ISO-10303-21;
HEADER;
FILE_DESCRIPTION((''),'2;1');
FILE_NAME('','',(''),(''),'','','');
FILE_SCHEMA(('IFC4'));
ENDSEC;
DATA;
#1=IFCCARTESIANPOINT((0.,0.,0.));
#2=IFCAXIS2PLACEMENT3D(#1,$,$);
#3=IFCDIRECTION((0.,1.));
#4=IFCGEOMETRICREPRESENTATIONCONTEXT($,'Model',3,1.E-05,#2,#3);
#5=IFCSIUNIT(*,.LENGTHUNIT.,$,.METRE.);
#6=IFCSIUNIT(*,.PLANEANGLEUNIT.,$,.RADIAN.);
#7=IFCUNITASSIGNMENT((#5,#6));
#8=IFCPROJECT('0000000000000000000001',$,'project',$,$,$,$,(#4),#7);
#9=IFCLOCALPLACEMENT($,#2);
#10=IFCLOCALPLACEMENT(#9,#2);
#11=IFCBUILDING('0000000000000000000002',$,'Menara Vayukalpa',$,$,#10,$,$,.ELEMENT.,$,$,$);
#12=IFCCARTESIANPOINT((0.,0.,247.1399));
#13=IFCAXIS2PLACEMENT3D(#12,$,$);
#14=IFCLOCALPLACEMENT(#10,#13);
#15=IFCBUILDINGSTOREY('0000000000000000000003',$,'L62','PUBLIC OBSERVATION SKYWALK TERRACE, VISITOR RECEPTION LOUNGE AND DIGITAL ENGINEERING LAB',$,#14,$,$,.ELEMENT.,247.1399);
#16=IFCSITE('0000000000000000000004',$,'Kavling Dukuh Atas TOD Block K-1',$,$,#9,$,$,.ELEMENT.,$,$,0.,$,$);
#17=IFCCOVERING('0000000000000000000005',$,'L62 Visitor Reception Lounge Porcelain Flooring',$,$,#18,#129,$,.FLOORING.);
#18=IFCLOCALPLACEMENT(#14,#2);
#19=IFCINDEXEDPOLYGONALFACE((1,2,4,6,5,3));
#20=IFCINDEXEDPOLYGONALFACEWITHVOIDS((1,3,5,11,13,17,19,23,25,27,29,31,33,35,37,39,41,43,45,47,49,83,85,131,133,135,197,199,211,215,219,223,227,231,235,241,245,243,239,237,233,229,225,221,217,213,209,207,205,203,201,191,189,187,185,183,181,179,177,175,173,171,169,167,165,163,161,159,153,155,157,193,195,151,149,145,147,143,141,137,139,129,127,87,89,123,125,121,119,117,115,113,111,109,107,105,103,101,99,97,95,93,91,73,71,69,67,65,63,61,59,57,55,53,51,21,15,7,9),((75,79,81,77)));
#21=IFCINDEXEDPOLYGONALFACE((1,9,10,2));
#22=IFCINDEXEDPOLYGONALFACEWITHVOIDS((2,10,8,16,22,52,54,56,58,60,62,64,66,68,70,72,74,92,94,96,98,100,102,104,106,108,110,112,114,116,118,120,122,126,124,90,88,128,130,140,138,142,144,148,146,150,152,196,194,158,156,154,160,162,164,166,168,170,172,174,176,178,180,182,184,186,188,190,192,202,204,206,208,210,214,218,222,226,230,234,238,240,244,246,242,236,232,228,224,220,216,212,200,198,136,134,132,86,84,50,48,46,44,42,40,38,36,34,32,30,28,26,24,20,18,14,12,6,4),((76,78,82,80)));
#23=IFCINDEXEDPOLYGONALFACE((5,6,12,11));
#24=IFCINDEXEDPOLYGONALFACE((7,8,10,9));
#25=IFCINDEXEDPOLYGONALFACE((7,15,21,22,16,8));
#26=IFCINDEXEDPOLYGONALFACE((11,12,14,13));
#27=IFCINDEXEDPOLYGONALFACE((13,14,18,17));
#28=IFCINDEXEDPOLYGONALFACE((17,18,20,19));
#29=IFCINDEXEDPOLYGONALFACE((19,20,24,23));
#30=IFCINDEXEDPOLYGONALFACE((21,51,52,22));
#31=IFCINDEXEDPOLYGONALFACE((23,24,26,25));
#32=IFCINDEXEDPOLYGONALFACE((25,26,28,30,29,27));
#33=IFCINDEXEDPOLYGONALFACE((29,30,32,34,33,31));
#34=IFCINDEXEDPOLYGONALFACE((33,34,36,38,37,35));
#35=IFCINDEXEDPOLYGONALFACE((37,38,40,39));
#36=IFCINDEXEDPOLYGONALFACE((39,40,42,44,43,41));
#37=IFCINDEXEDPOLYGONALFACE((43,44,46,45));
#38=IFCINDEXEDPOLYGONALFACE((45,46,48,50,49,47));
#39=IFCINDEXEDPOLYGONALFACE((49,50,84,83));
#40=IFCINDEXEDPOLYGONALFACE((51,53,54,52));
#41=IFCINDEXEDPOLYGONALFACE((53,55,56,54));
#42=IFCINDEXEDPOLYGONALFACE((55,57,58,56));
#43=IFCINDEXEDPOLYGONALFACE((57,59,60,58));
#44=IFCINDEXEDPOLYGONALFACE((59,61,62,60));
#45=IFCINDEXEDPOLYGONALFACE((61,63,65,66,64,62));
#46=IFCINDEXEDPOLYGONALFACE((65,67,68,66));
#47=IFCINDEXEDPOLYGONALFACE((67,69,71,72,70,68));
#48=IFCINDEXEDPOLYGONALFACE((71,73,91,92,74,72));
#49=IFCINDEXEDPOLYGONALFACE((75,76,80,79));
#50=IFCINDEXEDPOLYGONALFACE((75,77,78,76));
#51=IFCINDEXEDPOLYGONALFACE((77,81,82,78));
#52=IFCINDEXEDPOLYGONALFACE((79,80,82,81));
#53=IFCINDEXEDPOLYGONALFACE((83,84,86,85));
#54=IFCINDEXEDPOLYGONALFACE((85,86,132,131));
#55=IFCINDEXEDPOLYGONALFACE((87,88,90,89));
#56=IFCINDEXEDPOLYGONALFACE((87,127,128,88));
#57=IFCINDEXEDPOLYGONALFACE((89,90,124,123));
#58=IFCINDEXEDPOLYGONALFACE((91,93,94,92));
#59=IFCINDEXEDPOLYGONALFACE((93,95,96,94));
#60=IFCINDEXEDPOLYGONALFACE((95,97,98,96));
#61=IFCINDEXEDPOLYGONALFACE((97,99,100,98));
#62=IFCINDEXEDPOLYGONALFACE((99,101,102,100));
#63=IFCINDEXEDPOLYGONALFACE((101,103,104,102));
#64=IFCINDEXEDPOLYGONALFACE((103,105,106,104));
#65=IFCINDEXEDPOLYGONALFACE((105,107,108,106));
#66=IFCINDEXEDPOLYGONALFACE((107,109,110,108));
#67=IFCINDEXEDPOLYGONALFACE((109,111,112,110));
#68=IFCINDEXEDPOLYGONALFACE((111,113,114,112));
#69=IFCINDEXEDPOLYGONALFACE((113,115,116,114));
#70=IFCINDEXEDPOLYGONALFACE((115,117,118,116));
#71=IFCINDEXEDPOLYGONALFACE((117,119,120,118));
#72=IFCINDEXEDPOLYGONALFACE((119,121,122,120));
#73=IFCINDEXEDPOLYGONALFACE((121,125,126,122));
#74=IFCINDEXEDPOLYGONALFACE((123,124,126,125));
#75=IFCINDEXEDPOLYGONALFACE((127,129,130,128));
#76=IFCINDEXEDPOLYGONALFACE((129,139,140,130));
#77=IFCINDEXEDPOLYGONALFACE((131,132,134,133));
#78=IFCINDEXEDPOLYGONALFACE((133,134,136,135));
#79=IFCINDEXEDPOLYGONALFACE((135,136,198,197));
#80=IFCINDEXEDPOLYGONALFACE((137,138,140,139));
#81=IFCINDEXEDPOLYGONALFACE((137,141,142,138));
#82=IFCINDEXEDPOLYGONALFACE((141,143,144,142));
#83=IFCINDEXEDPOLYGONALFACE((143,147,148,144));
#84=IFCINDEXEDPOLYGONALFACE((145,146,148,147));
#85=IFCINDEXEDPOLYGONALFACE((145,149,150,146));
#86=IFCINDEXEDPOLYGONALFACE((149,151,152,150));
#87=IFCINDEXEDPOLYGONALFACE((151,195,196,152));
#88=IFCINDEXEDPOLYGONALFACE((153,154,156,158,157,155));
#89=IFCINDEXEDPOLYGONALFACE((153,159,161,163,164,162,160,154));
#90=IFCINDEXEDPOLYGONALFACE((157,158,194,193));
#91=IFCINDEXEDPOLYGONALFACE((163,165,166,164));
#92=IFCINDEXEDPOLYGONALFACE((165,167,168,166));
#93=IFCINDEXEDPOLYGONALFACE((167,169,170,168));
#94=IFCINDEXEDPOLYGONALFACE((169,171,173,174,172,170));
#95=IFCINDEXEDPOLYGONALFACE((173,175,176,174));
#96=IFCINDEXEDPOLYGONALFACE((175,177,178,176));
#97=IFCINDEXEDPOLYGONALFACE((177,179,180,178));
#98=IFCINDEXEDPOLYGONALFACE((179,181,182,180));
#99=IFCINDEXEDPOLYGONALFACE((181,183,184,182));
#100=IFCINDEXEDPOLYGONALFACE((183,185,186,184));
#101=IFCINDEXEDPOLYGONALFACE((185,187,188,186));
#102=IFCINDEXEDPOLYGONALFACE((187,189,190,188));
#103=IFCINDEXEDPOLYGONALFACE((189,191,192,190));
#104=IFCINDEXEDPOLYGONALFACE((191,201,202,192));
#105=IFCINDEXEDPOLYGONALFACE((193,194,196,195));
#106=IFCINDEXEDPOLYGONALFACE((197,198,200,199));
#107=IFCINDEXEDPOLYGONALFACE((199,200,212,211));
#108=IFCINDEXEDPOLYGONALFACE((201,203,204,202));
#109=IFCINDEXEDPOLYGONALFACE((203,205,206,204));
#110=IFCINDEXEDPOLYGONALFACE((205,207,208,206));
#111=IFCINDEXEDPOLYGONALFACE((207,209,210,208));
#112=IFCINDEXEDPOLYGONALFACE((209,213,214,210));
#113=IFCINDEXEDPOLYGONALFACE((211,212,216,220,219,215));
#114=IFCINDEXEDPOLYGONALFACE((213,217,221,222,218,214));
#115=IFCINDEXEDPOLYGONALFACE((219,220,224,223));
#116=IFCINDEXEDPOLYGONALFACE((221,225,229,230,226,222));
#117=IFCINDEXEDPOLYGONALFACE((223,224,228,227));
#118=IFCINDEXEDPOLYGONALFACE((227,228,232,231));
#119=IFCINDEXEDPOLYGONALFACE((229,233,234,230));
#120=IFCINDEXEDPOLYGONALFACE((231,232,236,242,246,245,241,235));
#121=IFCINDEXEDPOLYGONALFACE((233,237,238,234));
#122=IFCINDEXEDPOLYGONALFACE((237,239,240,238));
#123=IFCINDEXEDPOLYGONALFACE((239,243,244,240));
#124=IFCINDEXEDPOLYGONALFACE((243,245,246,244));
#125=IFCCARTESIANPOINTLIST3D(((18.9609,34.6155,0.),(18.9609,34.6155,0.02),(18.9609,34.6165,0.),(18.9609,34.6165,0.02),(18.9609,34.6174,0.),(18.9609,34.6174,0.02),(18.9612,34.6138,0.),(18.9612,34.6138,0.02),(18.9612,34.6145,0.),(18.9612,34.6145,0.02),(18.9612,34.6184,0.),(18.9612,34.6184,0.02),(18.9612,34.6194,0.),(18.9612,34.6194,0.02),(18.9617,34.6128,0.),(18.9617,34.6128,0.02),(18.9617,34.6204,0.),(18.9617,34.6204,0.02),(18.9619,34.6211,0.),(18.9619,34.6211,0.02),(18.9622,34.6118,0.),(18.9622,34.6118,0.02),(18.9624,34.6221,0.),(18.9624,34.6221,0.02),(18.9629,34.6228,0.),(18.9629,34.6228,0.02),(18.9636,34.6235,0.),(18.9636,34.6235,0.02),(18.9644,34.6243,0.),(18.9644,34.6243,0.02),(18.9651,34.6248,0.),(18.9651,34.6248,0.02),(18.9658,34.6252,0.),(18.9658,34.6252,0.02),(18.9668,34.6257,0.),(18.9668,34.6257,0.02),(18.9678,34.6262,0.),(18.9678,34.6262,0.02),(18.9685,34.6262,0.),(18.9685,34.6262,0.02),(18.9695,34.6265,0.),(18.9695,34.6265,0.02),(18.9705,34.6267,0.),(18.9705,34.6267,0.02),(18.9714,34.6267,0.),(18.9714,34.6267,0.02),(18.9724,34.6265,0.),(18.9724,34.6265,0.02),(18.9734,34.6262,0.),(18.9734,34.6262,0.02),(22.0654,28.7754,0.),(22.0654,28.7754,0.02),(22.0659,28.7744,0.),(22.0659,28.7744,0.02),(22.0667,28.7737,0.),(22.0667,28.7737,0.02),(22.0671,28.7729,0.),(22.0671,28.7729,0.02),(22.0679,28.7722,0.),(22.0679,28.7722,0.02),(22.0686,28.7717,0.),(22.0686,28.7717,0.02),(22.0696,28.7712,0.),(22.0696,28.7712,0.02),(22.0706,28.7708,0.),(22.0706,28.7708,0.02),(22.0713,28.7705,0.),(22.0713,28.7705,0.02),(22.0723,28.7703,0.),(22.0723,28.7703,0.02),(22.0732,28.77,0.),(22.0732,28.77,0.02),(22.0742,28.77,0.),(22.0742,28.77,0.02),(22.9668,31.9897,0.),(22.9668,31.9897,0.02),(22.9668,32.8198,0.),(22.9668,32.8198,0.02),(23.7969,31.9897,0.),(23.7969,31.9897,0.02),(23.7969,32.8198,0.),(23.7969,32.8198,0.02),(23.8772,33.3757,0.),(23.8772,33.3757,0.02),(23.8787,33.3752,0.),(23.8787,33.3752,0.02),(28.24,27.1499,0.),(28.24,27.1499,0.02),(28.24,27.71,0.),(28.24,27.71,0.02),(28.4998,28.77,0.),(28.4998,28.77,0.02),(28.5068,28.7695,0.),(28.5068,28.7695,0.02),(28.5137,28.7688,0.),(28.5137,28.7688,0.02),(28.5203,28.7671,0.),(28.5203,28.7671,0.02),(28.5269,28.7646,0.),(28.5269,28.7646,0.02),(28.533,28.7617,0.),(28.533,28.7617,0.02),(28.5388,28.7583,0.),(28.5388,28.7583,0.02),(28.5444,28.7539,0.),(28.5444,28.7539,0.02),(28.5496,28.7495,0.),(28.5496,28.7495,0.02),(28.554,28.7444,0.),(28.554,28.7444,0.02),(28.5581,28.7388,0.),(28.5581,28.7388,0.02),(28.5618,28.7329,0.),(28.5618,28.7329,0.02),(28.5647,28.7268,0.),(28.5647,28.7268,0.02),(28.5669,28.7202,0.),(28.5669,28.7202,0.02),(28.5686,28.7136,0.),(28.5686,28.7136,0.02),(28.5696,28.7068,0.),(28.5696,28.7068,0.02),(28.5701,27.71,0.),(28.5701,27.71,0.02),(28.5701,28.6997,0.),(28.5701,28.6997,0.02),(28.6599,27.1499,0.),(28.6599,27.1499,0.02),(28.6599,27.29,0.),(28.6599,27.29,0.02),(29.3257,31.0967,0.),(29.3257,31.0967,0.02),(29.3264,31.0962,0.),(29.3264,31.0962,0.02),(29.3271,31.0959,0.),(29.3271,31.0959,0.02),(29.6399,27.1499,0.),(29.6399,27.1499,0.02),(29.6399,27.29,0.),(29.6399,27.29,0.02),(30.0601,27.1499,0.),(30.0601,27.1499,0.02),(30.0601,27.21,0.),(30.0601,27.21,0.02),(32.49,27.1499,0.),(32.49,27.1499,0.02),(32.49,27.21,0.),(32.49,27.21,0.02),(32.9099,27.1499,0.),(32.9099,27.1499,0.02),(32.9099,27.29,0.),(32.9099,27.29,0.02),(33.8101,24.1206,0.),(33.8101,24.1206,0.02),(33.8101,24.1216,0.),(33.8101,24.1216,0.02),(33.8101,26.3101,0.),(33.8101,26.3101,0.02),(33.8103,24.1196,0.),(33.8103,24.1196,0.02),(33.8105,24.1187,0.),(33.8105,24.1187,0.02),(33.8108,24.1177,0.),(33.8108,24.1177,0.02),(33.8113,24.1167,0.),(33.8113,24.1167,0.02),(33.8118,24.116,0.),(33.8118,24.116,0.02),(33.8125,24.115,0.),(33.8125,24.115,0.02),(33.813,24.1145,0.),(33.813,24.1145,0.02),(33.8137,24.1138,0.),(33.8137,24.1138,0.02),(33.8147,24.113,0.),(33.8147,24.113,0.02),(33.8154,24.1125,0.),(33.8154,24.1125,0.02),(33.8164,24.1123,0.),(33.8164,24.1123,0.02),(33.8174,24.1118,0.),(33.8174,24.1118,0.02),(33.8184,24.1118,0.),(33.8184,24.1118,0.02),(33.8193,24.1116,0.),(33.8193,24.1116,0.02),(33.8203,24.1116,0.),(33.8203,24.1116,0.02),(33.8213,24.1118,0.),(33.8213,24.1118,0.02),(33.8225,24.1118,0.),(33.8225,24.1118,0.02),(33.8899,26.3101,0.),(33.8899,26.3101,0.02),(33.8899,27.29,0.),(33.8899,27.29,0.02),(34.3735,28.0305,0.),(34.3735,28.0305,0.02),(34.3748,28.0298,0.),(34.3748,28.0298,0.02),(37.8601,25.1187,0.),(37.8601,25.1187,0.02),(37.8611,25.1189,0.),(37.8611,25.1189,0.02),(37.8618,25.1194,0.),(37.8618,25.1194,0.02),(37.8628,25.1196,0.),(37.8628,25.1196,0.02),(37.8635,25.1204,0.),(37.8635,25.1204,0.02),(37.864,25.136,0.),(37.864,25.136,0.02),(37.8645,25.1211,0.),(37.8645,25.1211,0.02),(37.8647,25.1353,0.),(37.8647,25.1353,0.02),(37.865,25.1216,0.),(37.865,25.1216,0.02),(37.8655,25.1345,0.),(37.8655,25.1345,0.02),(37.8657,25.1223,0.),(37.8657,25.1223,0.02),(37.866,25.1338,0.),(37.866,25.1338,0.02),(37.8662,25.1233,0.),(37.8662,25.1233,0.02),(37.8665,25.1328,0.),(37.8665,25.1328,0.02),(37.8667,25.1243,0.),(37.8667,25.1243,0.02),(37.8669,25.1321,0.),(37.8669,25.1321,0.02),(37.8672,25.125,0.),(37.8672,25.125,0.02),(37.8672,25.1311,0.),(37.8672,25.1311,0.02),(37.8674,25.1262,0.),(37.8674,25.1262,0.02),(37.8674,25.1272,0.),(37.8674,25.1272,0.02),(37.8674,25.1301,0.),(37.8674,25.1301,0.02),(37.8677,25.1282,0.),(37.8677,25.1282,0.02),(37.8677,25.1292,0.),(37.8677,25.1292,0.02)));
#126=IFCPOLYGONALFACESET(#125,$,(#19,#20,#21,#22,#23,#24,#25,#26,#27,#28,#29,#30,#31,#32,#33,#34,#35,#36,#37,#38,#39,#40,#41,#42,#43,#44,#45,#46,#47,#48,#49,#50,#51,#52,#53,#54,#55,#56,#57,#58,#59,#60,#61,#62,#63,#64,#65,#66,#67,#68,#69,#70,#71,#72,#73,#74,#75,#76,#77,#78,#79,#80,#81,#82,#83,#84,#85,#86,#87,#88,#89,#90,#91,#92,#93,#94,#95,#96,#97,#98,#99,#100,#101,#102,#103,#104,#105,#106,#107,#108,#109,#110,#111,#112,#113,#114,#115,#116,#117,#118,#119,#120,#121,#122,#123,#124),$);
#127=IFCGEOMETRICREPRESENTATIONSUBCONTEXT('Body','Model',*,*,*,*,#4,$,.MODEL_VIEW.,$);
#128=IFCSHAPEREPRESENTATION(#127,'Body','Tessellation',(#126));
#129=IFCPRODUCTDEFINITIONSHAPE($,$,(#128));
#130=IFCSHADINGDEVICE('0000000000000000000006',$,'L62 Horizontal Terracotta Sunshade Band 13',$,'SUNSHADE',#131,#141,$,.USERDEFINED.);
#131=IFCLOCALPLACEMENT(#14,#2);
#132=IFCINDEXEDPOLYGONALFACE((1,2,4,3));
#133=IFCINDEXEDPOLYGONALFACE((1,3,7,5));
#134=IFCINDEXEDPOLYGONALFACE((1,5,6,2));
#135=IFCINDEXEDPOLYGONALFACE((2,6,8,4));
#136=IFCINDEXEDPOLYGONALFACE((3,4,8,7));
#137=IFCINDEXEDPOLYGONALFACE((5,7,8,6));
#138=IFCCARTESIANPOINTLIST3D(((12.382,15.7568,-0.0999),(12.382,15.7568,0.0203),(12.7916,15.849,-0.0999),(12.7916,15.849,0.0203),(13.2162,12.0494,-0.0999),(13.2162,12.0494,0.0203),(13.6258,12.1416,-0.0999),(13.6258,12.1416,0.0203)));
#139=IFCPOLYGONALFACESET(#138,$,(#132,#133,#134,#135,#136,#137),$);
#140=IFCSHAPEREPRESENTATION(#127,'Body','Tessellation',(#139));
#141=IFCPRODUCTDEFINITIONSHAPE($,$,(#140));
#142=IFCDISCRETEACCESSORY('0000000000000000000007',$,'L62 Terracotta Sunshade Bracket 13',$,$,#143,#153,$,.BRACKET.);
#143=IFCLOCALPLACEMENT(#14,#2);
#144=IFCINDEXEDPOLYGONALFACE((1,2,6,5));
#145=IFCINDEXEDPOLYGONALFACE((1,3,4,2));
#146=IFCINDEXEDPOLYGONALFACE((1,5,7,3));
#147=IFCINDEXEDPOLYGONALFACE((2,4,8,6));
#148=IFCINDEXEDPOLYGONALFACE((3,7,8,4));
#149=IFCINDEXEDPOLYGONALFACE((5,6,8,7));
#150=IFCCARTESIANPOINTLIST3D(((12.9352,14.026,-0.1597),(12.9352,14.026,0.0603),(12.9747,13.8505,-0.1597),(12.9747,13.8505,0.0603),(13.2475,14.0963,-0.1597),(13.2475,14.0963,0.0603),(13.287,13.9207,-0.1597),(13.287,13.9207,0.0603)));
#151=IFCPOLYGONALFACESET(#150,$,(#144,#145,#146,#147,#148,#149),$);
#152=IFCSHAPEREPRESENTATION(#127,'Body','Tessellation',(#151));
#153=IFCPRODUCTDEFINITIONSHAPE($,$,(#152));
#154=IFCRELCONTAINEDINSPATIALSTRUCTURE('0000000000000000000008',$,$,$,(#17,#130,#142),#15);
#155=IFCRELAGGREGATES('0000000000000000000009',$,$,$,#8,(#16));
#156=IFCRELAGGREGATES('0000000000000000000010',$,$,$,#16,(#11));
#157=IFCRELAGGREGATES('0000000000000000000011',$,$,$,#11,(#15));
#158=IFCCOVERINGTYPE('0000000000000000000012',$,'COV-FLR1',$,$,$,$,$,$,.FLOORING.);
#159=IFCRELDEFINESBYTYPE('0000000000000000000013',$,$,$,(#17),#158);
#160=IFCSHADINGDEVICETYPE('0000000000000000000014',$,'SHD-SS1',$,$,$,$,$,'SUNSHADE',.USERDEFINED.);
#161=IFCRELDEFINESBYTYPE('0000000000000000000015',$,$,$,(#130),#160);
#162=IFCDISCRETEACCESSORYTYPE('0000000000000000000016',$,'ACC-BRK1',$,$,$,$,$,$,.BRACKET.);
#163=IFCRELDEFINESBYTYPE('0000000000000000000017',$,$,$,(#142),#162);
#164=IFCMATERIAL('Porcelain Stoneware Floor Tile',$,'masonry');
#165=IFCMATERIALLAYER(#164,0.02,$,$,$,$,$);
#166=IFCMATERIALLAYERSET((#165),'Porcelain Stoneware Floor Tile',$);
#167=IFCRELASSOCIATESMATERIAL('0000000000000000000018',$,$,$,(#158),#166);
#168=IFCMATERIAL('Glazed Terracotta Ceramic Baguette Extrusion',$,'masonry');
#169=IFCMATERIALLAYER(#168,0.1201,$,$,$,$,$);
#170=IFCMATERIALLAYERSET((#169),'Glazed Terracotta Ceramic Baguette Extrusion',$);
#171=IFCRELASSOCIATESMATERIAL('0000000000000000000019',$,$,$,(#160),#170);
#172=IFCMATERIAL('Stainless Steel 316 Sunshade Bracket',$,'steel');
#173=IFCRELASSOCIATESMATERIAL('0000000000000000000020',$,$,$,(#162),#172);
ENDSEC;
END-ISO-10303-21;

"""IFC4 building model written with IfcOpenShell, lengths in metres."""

from ifc_helpers import new_model, si_unit, direction, frame, origin, origin_2d, place, context, subcontext, project, spatial, polyline, rectangle, outline, extrude, material, layer, layer_set, type_object, element, save


model = new_model("IFC4")

# Units and contexts
model_context = context("Model", 3, precision=1e-05, world=origin(), true_north=direction((0.0, 1.0)))
body_context = subcontext(model_context, "Body", "Model", "MODEL_VIEW")
ifc_project = project(units=[si_unit("LENGTHUNIT", "METRE"), si_unit("PLANEANGLEUNIT", "RADIAN")], contexts=[model_context])

# Site, building, storey
site_placement = place(None, origin())
site = spatial("IfcSite", under=ifc_project, at=site_placement, Name="Kavling Dukuh Atas TOD Block K-1", CompositionType="ELEMENT", RefElevation=0.0)
building_placement = place(site_placement, origin())
building = spatial("IfcBuilding", under=site, at=building_placement, Name="Menara Vayukalpa", CompositionType="ELEMENT")
storey_placement = place(building_placement, frame((0.0, 0.0, 247.1399)))
storey = spatial("IfcBuildingStorey", under=building, at=storey_placement, Name="L62", Description="PUBLIC OBSERVATION SKYWALK TERRACE, VISITOR RECEPTION LOUNGE AND DIGITAL ENGINEERING LAB", CompositionType="ELEMENT", Elevation=247.1399)

# Covering
ifc_material_1 = material(Name="Porcelain Stoneware Floor Tile", Category="masonry")
ifc_layer_1 = layer(ifc_material_1, 0.02)
ifc_layer_set_1 = layer_set([ifc_layer_1], Name="Porcelain Stoneware Floor Tile")
covering_type_1 = type_object("IfcCoveringType", Name="COV-FLR1", PredefinedType="FLOORING", material=ifc_layer_set_1)
covering_1_placement = place(storey_placement, origin())
element("IfcCovering", 1, at=covering_1_placement, inside=storey, type_object=covering_type_1, Name="L62 Visitor Reception Lounge Porcelain Flooring", PredefinedType="FLOORING", context=body_context, shape_type="SweptSolid", body=[
    extrude(outline(polyline([(29.6399, 27.1499), (29.6399, 27.29), (28.6599, 27.29), (28.6599, 27.1499), (28.24, 27.1499), (28.24, 27.71), (28.5701, 27.71), (28.5701, 28.6997), (28.5696, 28.7068), (28.5686, 28.7136), (28.5669, 28.7202), (28.5647, 28.7268), (28.5618, 28.7329), (28.5581, 28.7388), (28.554, 28.7444), (28.5496, 28.7495), (28.5444, 28.7539), (28.5388, 28.7583), (28.533, 28.7617), (28.5269, 28.7646), (28.5203, 28.7671), (28.5137, 28.7688), (28.5068, 28.7695), (28.4998, 28.77), (22.0742, 28.77), (22.0732, 28.77), (22.0723, 28.7703), (22.0713, 28.7705), (22.0706, 28.7708), (22.0696, 28.7712), (22.0686, 28.7717), (22.0679, 28.7722), (22.0671, 28.7729), (22.0667, 28.7737), (22.0659, 28.7744), (22.0654, 28.7754), (18.9622, 34.6118), (18.9617, 34.6128), (18.9612, 34.6138), (18.9612, 34.6145), (18.9609, 34.6155), (18.9609, 34.6165), (18.9609, 34.6174), (18.9612, 34.6184), (18.9612, 34.6194), (18.9617, 34.6204), (18.9619, 34.6211), (18.9624, 34.6221), (18.9629, 34.6228), (18.9636, 34.6235), (18.9644, 34.6243), (18.9651, 34.6248), (18.9658, 34.6252), (18.9668, 34.6257), (18.9678, 34.6262), (18.9685, 34.6262), (18.9695, 34.6265), (18.9705, 34.6267), (18.9714, 34.6267), (18.9724, 34.6265), (18.9734, 34.6262), (23.8772, 33.3757), (23.8787, 33.3752), (29.3257, 31.0967), (29.3264, 31.0962), (29.3271, 31.0959), (34.3735, 28.0305), (34.3748, 28.0298), (37.864, 25.136), (37.8647, 25.1353), (37.8655, 25.1345), (37.866, 25.1338), (37.8665, 25.1328), (37.8669, 25.1321), (37.8672, 25.1311), (37.8674, 25.1301), (37.8677, 25.1292), (37.8677, 25.1282), (37.8674, 25.1272), (37.8674, 25.1262), (37.8672, 25.125), (37.8667, 25.1243), (37.8662, 25.1233), (37.8657, 25.1223), (37.865, 25.1216), (37.8645, 25.1211), (37.8635, 25.1204), (37.8628, 25.1196), (37.8618, 25.1194), (37.8611, 25.1189), (37.8601, 25.1187), (33.8225, 24.1118), (33.8213, 24.1118), (33.8203, 24.1116), (33.8193, 24.1116), (33.8184, 24.1118), (33.8174, 24.1118), (33.8164, 24.1123), (33.8154, 24.1125), (33.8147, 24.113), (33.8137, 24.1138), (33.813, 24.1145), (33.8125, 24.115), (33.8118, 24.116), (33.8113, 24.1167), (33.8108, 24.1177), (33.8105, 24.1187), (33.8103, 24.1196), (33.8101, 24.1206), (33.8101, 24.1216), (33.8101, 26.3101), (33.8899, 26.3101), (33.8899, 27.29), (32.9099, 27.29), (32.9099, 27.1499), (32.49, 27.1499), (32.49, 27.21), (30.0601, 27.21), (30.0601, 27.1499), (29.6399, 27.1499)]), holes=[polyline([(23.7969, 32.8198), (22.9668, 32.8198), (22.9668, 31.9897), (23.7969, 31.9897), (23.7969, 32.8198)])]), origin(), (0.0, 0.0, 1.0), 0.02),
])

# Shading device
ifc_material_2 = material(Name="Glazed Terracotta Ceramic Baguette Extrusion", Category="masonry")
ifc_layer_2 = layer(ifc_material_2, 0.1201)
ifc_layer_set_2 = layer_set([ifc_layer_2], Name="Glazed Terracotta Ceramic Baguette Extrusion")
shading_device_type = type_object("IfcShadingDeviceType", Name="SHD-SS1", ElementType="SUNSHADE", PredefinedType="USERDEFINED", material=ifc_layer_set_2)
shading_device_placement = place(storey_placement, frame((13.0039, 13.9492, -0.0999), z_axis=(0.0, 0.0, 1.0), x_axis=(0.219523, -0.975607, 0.0)))
element("IfcShadingDevice", 2, at=shading_device_placement, inside=storey, type_object=shading_device_type, Name="L62 Horizontal Terracotta Sunshade Band 13", ObjectType="SUNSHADE", PredefinedType="USERDEFINED", context=body_context, shape_type="SweptSolid", body=[
    extrude(rectangle(XDim=3.8, YDim=0.4199, at=origin_2d()), origin(), (0.0, 0.0, 1.0), 0.1201),
])

# Discrete accessory
ifc_material_3 = material(Name="Stainless Steel 316 Sunshade Bracket", Category="steel")
discrete_accessory_type = type_object("IfcDiscreteAccessoryType", Name="ACC-BRK1", PredefinedType="BRACKET", material=ifc_material_3)
discrete_accessory_placement = place(storey_placement, frame((13.1111, 13.9734, -0.1597), z_axis=(0.0, 0.0, 1.0), x_axis=(0.219523, -0.975607, 0.0)))
element("IfcDiscreteAccessory", 3, at=discrete_accessory_placement, inside=storey, type_object=discrete_accessory_type, Name="L62 Terracotta Sunshade Bracket 13", PredefinedType="BRACKET", context=body_context, shape_type="SweptSolid", body=[
    extrude(rectangle(XDim=0.1799, YDim=0.3201, at=origin_2d()), origin(), (0.0, 0.0, 1.0), 0.22),
])

save(model, "model.ifc")
